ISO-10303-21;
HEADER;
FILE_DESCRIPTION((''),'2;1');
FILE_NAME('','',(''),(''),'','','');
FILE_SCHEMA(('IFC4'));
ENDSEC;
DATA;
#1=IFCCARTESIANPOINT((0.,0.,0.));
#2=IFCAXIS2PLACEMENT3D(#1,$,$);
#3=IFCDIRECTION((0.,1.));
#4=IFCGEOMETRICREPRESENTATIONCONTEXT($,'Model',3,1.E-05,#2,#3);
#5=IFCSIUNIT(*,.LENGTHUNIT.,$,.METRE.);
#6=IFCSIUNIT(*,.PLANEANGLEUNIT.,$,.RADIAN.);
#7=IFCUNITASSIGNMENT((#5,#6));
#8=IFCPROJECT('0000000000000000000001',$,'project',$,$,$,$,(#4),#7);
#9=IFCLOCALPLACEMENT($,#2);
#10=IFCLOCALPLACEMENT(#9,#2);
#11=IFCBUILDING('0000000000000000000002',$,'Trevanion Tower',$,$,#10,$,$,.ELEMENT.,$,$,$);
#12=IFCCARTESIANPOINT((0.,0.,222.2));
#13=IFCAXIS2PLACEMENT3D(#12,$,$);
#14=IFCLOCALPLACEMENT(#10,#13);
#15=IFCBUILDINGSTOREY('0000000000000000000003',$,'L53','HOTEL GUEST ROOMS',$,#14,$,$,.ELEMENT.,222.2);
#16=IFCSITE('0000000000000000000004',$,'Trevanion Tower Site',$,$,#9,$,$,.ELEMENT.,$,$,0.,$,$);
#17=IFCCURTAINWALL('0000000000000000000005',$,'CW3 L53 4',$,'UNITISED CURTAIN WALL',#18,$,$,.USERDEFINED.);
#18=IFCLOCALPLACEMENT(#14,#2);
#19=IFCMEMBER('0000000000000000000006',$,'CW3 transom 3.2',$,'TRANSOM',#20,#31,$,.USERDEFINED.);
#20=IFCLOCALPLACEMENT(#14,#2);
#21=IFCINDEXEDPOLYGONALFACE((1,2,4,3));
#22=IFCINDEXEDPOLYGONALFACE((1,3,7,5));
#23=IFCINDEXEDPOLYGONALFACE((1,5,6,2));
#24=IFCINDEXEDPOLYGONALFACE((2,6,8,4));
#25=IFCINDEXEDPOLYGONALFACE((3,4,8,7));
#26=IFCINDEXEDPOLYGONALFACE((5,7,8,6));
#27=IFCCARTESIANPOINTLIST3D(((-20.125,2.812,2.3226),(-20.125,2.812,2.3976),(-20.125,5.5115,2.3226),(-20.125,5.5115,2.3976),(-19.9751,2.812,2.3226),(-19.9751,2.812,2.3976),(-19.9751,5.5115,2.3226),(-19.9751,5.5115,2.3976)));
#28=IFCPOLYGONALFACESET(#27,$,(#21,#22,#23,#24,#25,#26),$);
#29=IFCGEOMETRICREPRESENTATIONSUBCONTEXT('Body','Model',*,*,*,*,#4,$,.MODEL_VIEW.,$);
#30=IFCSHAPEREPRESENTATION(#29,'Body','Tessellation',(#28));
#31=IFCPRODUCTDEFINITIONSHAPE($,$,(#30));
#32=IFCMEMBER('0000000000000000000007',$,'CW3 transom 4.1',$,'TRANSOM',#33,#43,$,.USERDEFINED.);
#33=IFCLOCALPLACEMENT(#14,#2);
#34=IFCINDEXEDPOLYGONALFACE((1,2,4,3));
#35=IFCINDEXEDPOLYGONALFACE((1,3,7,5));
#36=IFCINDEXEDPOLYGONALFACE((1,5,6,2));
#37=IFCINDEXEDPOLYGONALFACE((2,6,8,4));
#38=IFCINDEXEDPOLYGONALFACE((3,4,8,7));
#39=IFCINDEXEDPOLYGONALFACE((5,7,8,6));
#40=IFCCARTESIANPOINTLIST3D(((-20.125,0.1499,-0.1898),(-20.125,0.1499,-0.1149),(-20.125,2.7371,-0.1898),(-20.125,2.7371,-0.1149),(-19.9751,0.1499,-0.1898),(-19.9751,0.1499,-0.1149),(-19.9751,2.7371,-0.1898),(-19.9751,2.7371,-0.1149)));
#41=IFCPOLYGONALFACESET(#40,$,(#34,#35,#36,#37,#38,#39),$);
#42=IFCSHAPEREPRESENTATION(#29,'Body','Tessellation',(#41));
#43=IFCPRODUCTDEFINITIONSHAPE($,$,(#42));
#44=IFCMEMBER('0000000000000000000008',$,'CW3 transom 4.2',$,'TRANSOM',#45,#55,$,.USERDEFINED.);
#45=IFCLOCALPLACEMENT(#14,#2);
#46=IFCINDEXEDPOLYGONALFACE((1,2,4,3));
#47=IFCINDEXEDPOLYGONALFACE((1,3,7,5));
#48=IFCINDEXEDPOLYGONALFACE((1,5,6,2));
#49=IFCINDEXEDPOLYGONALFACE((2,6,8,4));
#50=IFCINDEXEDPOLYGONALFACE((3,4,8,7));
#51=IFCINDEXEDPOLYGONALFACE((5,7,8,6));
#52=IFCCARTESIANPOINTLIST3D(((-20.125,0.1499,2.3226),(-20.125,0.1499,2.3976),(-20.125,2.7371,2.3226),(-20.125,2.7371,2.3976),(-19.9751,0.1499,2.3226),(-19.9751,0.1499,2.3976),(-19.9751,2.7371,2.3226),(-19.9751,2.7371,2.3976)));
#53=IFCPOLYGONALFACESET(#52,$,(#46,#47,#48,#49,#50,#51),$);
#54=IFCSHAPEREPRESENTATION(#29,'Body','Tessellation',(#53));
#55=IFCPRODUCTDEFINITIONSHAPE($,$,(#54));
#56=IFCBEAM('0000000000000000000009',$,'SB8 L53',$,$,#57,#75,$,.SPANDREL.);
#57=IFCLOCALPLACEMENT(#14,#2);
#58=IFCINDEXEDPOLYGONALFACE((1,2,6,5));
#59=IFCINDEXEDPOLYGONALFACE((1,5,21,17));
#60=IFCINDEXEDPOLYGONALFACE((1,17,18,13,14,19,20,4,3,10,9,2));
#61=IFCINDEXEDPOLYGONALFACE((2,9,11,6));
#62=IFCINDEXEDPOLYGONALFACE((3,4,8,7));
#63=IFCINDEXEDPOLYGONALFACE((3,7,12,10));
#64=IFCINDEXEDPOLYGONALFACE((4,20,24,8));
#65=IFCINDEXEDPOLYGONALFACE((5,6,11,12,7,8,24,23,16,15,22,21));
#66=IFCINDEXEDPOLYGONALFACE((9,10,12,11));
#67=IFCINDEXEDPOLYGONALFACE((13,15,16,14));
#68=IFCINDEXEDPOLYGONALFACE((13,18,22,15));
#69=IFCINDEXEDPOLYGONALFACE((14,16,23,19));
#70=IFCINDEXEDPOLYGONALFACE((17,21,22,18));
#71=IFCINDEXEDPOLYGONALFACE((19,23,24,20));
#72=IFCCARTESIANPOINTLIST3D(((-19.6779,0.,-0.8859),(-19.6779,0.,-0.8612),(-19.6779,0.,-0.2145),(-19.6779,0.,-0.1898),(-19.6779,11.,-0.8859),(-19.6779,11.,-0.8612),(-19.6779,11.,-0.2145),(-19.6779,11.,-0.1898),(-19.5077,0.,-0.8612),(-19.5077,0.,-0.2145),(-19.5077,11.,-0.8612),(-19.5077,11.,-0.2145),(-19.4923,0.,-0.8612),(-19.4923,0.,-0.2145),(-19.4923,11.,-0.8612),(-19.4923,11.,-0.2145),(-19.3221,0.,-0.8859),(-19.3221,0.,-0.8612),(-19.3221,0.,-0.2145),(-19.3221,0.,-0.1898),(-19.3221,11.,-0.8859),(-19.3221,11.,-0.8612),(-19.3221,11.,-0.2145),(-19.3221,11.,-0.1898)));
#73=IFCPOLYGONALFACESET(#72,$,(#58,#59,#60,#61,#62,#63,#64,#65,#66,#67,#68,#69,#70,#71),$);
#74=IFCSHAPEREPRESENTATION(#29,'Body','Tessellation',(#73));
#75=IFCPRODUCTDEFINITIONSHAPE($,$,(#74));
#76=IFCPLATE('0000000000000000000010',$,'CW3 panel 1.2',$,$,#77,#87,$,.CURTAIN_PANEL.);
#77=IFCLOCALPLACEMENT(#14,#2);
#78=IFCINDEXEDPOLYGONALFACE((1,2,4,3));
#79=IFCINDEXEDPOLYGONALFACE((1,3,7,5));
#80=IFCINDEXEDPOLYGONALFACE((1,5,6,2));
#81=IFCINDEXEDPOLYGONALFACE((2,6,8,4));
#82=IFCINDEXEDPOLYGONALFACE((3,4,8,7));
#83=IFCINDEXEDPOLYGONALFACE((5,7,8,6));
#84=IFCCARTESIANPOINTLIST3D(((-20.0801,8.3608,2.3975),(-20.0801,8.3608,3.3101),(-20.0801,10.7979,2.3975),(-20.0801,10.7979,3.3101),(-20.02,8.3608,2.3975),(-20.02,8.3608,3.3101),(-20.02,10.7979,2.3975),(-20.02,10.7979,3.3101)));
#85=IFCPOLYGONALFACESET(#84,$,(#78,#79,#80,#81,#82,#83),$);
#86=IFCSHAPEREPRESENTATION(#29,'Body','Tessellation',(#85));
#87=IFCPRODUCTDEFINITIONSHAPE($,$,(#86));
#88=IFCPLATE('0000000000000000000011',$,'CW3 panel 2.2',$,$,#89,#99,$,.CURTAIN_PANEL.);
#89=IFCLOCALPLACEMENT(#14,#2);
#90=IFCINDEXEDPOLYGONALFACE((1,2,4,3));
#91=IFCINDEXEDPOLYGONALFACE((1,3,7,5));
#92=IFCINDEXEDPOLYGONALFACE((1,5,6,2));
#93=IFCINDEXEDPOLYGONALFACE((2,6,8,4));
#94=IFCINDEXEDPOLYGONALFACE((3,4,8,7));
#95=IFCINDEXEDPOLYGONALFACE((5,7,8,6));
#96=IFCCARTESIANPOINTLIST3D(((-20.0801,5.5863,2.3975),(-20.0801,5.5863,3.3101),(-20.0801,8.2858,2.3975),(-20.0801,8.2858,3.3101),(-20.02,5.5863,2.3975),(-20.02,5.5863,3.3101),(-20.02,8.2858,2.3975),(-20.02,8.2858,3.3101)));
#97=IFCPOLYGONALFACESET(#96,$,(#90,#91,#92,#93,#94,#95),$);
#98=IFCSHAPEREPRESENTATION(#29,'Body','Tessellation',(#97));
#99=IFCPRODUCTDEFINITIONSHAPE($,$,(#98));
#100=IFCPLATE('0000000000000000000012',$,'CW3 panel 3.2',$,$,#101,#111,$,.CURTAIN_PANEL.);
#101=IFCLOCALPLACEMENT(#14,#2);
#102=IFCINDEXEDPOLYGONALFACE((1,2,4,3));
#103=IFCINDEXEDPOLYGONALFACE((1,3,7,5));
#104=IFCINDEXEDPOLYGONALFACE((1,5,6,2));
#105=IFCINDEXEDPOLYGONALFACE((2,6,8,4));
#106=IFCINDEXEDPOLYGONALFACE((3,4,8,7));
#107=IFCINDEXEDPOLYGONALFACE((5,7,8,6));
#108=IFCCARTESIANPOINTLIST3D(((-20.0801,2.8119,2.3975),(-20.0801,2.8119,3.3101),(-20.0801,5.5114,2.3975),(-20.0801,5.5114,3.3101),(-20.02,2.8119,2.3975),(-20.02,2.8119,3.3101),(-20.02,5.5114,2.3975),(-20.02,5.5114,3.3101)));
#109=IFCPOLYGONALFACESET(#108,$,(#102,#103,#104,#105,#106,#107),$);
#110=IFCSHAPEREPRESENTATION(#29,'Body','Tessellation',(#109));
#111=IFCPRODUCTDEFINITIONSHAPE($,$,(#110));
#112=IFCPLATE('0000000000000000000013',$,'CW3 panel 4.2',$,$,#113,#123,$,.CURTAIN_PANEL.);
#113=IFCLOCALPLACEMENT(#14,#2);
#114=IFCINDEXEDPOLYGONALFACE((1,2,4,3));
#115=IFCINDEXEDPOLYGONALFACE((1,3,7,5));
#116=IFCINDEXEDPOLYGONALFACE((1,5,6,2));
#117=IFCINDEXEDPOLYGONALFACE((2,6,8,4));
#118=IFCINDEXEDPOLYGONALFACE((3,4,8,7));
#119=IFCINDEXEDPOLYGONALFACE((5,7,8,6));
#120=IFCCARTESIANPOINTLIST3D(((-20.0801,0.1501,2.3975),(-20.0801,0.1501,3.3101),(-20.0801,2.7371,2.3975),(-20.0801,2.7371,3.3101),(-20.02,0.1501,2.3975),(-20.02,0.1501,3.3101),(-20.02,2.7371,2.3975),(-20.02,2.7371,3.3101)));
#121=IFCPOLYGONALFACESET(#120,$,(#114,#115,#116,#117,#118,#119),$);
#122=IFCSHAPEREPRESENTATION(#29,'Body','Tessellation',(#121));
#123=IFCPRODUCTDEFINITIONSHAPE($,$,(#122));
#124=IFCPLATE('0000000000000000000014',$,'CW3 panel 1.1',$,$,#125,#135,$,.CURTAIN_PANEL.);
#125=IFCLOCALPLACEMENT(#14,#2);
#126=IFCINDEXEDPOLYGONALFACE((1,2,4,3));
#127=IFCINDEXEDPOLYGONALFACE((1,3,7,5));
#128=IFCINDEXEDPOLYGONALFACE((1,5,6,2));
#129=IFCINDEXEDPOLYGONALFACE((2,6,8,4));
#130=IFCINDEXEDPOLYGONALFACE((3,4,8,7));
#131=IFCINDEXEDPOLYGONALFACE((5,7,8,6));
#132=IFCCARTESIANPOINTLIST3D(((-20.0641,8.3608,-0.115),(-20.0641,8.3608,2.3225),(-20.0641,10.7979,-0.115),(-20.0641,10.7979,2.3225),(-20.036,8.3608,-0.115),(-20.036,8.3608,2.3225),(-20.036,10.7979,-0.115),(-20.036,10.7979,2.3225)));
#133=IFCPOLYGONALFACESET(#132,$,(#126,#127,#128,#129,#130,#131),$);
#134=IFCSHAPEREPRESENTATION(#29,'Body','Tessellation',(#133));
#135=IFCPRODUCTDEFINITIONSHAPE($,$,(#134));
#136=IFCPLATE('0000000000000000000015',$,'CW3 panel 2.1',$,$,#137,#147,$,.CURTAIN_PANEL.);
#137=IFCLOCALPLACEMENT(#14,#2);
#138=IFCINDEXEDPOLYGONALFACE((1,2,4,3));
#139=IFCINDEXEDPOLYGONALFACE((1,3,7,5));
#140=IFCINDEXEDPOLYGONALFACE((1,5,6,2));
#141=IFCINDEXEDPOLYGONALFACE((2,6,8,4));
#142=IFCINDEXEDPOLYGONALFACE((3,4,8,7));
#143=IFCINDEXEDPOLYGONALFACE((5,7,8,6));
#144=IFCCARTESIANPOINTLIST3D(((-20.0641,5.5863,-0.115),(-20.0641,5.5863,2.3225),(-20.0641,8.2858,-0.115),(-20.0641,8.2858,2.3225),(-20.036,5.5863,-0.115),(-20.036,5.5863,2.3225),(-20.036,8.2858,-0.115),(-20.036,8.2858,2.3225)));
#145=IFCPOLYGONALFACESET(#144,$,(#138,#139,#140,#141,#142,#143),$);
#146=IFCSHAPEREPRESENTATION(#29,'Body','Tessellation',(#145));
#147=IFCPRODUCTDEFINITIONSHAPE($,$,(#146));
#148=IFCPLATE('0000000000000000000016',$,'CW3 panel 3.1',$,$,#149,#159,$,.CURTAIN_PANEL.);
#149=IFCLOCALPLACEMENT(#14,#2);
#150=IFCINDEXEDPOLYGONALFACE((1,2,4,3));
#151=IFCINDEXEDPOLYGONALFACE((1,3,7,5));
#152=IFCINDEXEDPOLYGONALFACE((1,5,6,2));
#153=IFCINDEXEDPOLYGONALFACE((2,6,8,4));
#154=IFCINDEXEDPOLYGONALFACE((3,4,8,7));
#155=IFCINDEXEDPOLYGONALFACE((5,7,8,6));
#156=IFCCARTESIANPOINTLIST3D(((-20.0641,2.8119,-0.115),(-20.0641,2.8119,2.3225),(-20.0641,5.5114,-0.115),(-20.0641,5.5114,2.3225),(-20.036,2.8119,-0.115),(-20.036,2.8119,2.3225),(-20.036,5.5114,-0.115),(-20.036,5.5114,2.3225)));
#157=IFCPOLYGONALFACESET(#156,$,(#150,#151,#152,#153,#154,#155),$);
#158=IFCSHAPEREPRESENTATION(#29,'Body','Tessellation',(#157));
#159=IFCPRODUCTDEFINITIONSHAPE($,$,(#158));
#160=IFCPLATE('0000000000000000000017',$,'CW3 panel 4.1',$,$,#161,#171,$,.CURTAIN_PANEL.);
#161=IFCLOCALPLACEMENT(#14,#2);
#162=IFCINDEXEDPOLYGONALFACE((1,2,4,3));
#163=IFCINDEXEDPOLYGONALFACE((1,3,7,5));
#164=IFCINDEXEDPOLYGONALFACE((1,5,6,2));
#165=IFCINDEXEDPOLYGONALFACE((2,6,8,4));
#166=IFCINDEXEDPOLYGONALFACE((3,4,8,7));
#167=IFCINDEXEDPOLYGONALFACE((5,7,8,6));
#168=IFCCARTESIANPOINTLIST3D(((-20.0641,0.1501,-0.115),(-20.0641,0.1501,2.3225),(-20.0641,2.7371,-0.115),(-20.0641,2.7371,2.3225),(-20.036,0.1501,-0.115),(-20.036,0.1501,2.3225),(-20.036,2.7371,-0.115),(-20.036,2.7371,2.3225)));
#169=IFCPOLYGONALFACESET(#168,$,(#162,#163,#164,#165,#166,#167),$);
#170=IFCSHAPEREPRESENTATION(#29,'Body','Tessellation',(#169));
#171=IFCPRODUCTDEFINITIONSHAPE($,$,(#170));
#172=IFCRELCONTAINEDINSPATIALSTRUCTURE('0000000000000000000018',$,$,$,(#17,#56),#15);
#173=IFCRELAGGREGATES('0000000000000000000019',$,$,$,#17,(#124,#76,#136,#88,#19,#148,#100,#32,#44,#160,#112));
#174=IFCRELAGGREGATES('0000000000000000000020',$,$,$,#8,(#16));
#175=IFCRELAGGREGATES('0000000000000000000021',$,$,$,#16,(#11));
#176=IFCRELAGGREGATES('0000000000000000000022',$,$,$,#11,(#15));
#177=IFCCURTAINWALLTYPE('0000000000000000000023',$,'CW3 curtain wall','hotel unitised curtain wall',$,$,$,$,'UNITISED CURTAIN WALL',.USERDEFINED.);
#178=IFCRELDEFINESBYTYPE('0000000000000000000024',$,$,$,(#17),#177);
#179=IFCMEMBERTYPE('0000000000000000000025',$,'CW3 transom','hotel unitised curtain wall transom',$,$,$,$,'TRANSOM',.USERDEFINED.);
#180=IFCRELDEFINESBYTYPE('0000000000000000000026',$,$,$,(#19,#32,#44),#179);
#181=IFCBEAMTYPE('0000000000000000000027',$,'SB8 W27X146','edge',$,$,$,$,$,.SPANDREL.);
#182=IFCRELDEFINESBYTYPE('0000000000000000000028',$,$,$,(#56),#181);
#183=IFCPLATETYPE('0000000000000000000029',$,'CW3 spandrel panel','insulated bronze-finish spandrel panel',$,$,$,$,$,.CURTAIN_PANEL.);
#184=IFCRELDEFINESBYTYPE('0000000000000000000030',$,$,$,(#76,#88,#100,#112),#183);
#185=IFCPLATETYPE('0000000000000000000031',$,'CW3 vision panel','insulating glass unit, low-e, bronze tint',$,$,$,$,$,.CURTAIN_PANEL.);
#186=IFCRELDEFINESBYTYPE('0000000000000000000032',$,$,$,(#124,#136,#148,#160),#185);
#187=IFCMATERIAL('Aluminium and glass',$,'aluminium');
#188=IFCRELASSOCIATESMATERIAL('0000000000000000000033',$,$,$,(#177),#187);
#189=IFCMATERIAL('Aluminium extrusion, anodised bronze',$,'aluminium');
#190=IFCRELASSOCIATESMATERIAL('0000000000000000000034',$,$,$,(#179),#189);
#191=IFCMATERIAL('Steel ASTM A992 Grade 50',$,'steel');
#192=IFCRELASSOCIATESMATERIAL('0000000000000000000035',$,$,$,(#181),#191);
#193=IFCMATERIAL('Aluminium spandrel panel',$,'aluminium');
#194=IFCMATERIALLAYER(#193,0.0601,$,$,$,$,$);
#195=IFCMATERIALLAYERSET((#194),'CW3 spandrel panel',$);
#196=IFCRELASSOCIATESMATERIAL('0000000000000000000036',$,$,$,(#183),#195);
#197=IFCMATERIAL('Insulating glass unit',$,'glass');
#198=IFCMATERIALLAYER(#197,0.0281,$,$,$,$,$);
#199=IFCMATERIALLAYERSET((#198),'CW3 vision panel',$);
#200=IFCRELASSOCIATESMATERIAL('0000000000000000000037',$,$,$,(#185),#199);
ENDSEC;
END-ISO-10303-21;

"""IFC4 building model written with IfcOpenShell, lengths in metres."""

from ifc_helpers import new_model, si_unit, direction, frame, origin, origin_2d, place, context, subcontext, project, spatial, rectangle, i_section, extrude, material, layer, layer_set, material_profile, profile_set, type_object, element, aggregate, save


model = new_model("IFC4")

# Units and contexts
model_context = context("Model", 3, precision=1e-05, world=origin(), true_north=direction((0.0, 1.0)))
body_context = subcontext(model_context, "Body", "Model", "MODEL_VIEW")
ifc_project = project(units=[si_unit("LENGTHUNIT", "METRE"), si_unit("PLANEANGLEUNIT", "RADIAN")], contexts=[model_context])

# Site, building, storey
site_placement = place(None, origin())
site = spatial("IfcSite", under=ifc_project, at=site_placement, Name="Trevanion Tower Site", CompositionType="ELEMENT", RefElevation=0.0)
building_placement = place(site_placement, origin())
building = spatial("IfcBuilding", under=site, at=building_placement, Name="Trevanion Tower", CompositionType="ELEMENT")
storey_placement = place(building_placement, frame((0.0, 0.0, 222.2)))
storey = spatial("IfcBuildingStorey", under=building, at=storey_placement, Name="L53", Description="HOTEL GUEST ROOMS", CompositionType="ELEMENT", Elevation=222.2)

# Curtain wall, members
ifc_material_1 = material(Name="Aluminium and glass", Category="aluminium")
curtain_wall_type = type_object("IfcCurtainWallType", Name="CW3 curtain wall", Description="hotel unitised curtain wall", ElementType="UNITISED CURTAIN WALL", PredefinedType="USERDEFINED", material=ifc_material_1)
curtain_wall_placement = place(storey_placement, origin())
curtain_wall = element("IfcCurtainWall", 1, at=curtain_wall_placement, inside=storey, type_object=curtain_wall_type, Name="CW3 L53 4", ObjectType="UNITISED CURTAIN WALL", PredefinedType="USERDEFINED")
ifc_material_2 = material(Name="Aluminium extrusion, anodised bronze", Category="aluminium")
ifc_material_profile_1 = material_profile(ifc_material_2, rectangle(XDim=0.1499, YDim=0.075, at=origin_2d()), Name="CW3 transom")
ifc_profile_set_1 = profile_set([ifc_material_profile_1], Name="Aluminium extrusion, anodised bronze")
member_type_1 = type_object("IfcMemberType", Name="CW3 transom", Description="hotel unitised curtain wall transom", ElementType="TRANSOM", PredefinedType="USERDEFINED", material=ifc_profile_set_1)
member_1_placement = place(storey_placement, frame((-20.05, 5.5115, 2.3601), z_axis=(0.0, -1.0, 0.0), x_axis=(1.0, 0.0, 0.0)))
member_1 = element("IfcMember", 2, at=member_1_placement, type_object=member_type_1, Name="CW3 transom 3.2", ObjectType="TRANSOM", PredefinedType="USERDEFINED", context=body_context, shape_type="SweptSolid", body=[
    extrude(rectangle(XDim=0.1499, YDim=0.075, at=origin_2d()), origin(), (0.0, 0.0, 1.0), 2.6995),
])
member_2_placement = place(storey_placement, frame((-20.05, 2.7371, -0.1523), z_axis=(0.0, -1.0, 0.0), x_axis=(1.0, 0.0, 0.0)))
member_2 = element("IfcMember", 3, at=member_2_placement, type_object=member_type_1, Name="CW3 transom 4.1", ObjectType="TRANSOM", PredefinedType="USERDEFINED", context=body_context, shape_type="SweptSolid", body=[
    extrude(rectangle(XDim=0.1499, YDim=0.075, at=origin_2d()), origin(), (0.0, 0.0, 1.0), 2.5872),
])
member_3_placement = place(storey_placement, frame((-20.05, 2.7371, 2.3601), z_axis=(0.0, -1.0, 0.0), x_axis=(1.0, 0.0, 0.0)))
member_3 = element("IfcMember", 4, at=member_3_placement, type_object=member_type_1, Name="CW3 transom 4.2", ObjectType="TRANSOM", PredefinedType="USERDEFINED", context=body_context, shape_type="SweptSolid", body=[
    extrude(rectangle(XDim=0.1499, YDim=0.075, at=origin_2d()), origin(), (0.0, 0.0, 1.0), 2.5872),
])

# Beam
ifc_material_3 = material(Name="Steel ASTM A992 Grade 50", Category="steel")
ifc_material_profile_2 = material_profile(ifc_material_3, i_section(OverallWidth=0.3557, OverallDepth=0.696, WebThickness=0.0154, FlangeThickness=0.0247, at=origin_2d()), Name="W27X146")
ifc_profile_set_2 = profile_set([ifc_material_profile_2], Name="Steel ASTM A992 Grade 50")
beam_type_1 = type_object("IfcBeamType", Name="SB8 W27X146", Description="edge", PredefinedType="SPANDREL", material=ifc_profile_set_2)
beam_placement = place(storey_placement, frame((-19.5, 11.0, -0.5378), z_axis=(0.0, -1.0, 0.0), x_axis=(1.0, 0.0, 0.0)))
element("IfcBeam", 5, at=beam_placement, inside=storey, type_object=beam_type_1, Name="SB8 L53", PredefinedType="SPANDREL", context=body_context, shape_type="SweptSolid", body=[
    extrude(i_section(OverallWidth=0.3557, OverallDepth=0.696, WebThickness=0.0154, FlangeThickness=0.0247, at=origin_2d()), origin(), (0.0, 0.0, 1.0), 11.0),
])

# Plates
ifc_material_4 = material(Name="Aluminium spandrel panel", Category="aluminium")
ifc_layer_1 = layer(ifc_material_4, 0.0601)
ifc_layer_set_1 = layer_set([ifc_layer_1], Name="CW3 spandrel panel")
plate_type_1 = type_object("IfcPlateType", Name="CW3 spandrel panel", Description="insulated bronze-finish spandrel panel", PredefinedType="CURTAIN_PANEL", material=ifc_layer_set_1)
plate_1_placement = place(storey_placement, frame((-20.05, 9.5793, 2.3975), z_axis=(0.0, 0.0, 1.0), x_axis=(0.0, -1.0, 0.0)))
plate_1 = element("IfcPlate", 6, at=plate_1_placement, type_object=plate_type_1, Name="CW3 panel 1.2", PredefinedType="CURTAIN_PANEL", context=body_context, shape_type="SweptSolid", body=[
    extrude(rectangle(XDim=2.437, YDim=0.0601, at=origin_2d()), origin(), (0.0, 0.0, 1.0), 0.9126),
])
plate_2_placement = place(storey_placement, frame((-20.05, 6.936, 2.3975), z_axis=(0.0, 0.0, 1.0), x_axis=(0.0, -1.0, 0.0)))
plate_2 = element("IfcPlate", 7, at=plate_2_placement, type_object=plate_type_1, Name="CW3 panel 2.2", PredefinedType="CURTAIN_PANEL", context=body_context, shape_type="SweptSolid", body=[
    extrude(rectangle(XDim=2.6995, YDim=0.0601, at=origin_2d()), origin(), (0.0, 0.0, 1.0), 0.9126),
])
plate_3_placement = place(storey_placement, frame((-20.05, 4.1616, 2.3975), z_axis=(0.0, 0.0, 1.0), x_axis=(0.0, -1.0, 0.0)))
plate_3 = element("IfcPlate", 8, at=plate_3_placement, type_object=plate_type_1, Name="CW3 panel 3.2", PredefinedType="CURTAIN_PANEL", context=body_context, shape_type="SweptSolid", body=[
    extrude(rectangle(XDim=2.6995, YDim=0.0601, at=origin_2d()), origin(), (0.0, 0.0, 1.0), 0.9126),
])
plate_4_placement = place(storey_placement, frame((-20.05, 1.4436, 2.3975), z_axis=(0.0, 0.0, 1.0), x_axis=(0.0, -1.0, 0.0)))
plate_4 = element("IfcPlate", 9, at=plate_4_placement, type_object=plate_type_1, Name="CW3 panel 4.2", PredefinedType="CURTAIN_PANEL", context=body_context, shape_type="SweptSolid", body=[
    extrude(rectangle(XDim=2.5869, YDim=0.0601, at=origin_2d()), origin(), (0.0, 0.0, 1.0), 0.9126),
])
ifc_material_5 = material(Name="Insulating glass unit", Category="glass")
ifc_layer_2 = layer(ifc_material_5, 0.0281)
ifc_layer_set_2 = layer_set([ifc_layer_2], Name="CW3 vision panel")
plate_type_2 = type_object("IfcPlateType", Name="CW3 vision panel", Description="insulating glass unit, low-e, bronze tint", PredefinedType="CURTAIN_PANEL", material=ifc_layer_set_2)
plate_5_placement = place(storey_placement, frame((-20.05, 9.5793, -0.115), z_axis=(0.0, 0.0, 1.0), x_axis=(0.0, -1.0, 0.0)))
plate_5 = element("IfcPlate", 10, at=plate_5_placement, type_object=plate_type_2, Name="CW3 panel 1.1", PredefinedType="CURTAIN_PANEL", context=body_context, shape_type="SweptSolid", body=[
    extrude(rectangle(XDim=2.437, YDim=0.0281, at=origin_2d()), origin(), (0.0, 0.0, 1.0), 2.4375),
])
plate_6_placement = place(storey_placement, frame((-20.05, 6.936, -0.115), z_axis=(0.0, 0.0, 1.0), x_axis=(0.0, -1.0, 0.0)))
plate_6 = element("IfcPlate", 11, at=plate_6_placement, type_object=plate_type_2, Name="CW3 panel 2.1", PredefinedType="CURTAIN_PANEL", context=body_context, shape_type="SweptSolid", body=[
    extrude(rectangle(XDim=2.6995, YDim=0.0281, at=origin_2d()), origin(), (0.0, 0.0, 1.0), 2.4375),
])
plate_7_placement = place(storey_placement, frame((-20.05, 4.1616, -0.115), z_axis=(0.0, 0.0, 1.0), x_axis=(0.0, -1.0, 0.0)))
plate_7 = element("IfcPlate", 12, at=plate_7_placement, type_object=plate_type_2, Name="CW3 panel 3.1", PredefinedType="CURTAIN_PANEL", context=body_context, shape_type="SweptSolid", body=[
    extrude(rectangle(XDim=2.6995, YDim=0.0281, at=origin_2d()), origin(), (0.0, 0.0, 1.0), 2.4375),
])
plate_8_placement = place(storey_placement, frame((-20.05, 1.4436, -0.115), z_axis=(0.0, 0.0, 1.0), x_axis=(0.0, -1.0, 0.0)))
plate_8 = element("IfcPlate", 13, at=plate_8_placement, type_object=plate_type_2, Name="CW3 panel 4.1", PredefinedType="CURTAIN_PANEL", context=body_context, shape_type="SweptSolid", body=[
    extrude(rectangle(XDim=2.5869, YDim=0.0281, at=origin_2d()), origin(), (0.0, 0.0, 1.0), 2.4375),
])
aggregate(curtain_wall, [plate_5, plate_1, plate_6, plate_2, member_1, plate_7, plate_3, member_2, member_3, plate_8, plate_4])

save(model, "model.ifc")
